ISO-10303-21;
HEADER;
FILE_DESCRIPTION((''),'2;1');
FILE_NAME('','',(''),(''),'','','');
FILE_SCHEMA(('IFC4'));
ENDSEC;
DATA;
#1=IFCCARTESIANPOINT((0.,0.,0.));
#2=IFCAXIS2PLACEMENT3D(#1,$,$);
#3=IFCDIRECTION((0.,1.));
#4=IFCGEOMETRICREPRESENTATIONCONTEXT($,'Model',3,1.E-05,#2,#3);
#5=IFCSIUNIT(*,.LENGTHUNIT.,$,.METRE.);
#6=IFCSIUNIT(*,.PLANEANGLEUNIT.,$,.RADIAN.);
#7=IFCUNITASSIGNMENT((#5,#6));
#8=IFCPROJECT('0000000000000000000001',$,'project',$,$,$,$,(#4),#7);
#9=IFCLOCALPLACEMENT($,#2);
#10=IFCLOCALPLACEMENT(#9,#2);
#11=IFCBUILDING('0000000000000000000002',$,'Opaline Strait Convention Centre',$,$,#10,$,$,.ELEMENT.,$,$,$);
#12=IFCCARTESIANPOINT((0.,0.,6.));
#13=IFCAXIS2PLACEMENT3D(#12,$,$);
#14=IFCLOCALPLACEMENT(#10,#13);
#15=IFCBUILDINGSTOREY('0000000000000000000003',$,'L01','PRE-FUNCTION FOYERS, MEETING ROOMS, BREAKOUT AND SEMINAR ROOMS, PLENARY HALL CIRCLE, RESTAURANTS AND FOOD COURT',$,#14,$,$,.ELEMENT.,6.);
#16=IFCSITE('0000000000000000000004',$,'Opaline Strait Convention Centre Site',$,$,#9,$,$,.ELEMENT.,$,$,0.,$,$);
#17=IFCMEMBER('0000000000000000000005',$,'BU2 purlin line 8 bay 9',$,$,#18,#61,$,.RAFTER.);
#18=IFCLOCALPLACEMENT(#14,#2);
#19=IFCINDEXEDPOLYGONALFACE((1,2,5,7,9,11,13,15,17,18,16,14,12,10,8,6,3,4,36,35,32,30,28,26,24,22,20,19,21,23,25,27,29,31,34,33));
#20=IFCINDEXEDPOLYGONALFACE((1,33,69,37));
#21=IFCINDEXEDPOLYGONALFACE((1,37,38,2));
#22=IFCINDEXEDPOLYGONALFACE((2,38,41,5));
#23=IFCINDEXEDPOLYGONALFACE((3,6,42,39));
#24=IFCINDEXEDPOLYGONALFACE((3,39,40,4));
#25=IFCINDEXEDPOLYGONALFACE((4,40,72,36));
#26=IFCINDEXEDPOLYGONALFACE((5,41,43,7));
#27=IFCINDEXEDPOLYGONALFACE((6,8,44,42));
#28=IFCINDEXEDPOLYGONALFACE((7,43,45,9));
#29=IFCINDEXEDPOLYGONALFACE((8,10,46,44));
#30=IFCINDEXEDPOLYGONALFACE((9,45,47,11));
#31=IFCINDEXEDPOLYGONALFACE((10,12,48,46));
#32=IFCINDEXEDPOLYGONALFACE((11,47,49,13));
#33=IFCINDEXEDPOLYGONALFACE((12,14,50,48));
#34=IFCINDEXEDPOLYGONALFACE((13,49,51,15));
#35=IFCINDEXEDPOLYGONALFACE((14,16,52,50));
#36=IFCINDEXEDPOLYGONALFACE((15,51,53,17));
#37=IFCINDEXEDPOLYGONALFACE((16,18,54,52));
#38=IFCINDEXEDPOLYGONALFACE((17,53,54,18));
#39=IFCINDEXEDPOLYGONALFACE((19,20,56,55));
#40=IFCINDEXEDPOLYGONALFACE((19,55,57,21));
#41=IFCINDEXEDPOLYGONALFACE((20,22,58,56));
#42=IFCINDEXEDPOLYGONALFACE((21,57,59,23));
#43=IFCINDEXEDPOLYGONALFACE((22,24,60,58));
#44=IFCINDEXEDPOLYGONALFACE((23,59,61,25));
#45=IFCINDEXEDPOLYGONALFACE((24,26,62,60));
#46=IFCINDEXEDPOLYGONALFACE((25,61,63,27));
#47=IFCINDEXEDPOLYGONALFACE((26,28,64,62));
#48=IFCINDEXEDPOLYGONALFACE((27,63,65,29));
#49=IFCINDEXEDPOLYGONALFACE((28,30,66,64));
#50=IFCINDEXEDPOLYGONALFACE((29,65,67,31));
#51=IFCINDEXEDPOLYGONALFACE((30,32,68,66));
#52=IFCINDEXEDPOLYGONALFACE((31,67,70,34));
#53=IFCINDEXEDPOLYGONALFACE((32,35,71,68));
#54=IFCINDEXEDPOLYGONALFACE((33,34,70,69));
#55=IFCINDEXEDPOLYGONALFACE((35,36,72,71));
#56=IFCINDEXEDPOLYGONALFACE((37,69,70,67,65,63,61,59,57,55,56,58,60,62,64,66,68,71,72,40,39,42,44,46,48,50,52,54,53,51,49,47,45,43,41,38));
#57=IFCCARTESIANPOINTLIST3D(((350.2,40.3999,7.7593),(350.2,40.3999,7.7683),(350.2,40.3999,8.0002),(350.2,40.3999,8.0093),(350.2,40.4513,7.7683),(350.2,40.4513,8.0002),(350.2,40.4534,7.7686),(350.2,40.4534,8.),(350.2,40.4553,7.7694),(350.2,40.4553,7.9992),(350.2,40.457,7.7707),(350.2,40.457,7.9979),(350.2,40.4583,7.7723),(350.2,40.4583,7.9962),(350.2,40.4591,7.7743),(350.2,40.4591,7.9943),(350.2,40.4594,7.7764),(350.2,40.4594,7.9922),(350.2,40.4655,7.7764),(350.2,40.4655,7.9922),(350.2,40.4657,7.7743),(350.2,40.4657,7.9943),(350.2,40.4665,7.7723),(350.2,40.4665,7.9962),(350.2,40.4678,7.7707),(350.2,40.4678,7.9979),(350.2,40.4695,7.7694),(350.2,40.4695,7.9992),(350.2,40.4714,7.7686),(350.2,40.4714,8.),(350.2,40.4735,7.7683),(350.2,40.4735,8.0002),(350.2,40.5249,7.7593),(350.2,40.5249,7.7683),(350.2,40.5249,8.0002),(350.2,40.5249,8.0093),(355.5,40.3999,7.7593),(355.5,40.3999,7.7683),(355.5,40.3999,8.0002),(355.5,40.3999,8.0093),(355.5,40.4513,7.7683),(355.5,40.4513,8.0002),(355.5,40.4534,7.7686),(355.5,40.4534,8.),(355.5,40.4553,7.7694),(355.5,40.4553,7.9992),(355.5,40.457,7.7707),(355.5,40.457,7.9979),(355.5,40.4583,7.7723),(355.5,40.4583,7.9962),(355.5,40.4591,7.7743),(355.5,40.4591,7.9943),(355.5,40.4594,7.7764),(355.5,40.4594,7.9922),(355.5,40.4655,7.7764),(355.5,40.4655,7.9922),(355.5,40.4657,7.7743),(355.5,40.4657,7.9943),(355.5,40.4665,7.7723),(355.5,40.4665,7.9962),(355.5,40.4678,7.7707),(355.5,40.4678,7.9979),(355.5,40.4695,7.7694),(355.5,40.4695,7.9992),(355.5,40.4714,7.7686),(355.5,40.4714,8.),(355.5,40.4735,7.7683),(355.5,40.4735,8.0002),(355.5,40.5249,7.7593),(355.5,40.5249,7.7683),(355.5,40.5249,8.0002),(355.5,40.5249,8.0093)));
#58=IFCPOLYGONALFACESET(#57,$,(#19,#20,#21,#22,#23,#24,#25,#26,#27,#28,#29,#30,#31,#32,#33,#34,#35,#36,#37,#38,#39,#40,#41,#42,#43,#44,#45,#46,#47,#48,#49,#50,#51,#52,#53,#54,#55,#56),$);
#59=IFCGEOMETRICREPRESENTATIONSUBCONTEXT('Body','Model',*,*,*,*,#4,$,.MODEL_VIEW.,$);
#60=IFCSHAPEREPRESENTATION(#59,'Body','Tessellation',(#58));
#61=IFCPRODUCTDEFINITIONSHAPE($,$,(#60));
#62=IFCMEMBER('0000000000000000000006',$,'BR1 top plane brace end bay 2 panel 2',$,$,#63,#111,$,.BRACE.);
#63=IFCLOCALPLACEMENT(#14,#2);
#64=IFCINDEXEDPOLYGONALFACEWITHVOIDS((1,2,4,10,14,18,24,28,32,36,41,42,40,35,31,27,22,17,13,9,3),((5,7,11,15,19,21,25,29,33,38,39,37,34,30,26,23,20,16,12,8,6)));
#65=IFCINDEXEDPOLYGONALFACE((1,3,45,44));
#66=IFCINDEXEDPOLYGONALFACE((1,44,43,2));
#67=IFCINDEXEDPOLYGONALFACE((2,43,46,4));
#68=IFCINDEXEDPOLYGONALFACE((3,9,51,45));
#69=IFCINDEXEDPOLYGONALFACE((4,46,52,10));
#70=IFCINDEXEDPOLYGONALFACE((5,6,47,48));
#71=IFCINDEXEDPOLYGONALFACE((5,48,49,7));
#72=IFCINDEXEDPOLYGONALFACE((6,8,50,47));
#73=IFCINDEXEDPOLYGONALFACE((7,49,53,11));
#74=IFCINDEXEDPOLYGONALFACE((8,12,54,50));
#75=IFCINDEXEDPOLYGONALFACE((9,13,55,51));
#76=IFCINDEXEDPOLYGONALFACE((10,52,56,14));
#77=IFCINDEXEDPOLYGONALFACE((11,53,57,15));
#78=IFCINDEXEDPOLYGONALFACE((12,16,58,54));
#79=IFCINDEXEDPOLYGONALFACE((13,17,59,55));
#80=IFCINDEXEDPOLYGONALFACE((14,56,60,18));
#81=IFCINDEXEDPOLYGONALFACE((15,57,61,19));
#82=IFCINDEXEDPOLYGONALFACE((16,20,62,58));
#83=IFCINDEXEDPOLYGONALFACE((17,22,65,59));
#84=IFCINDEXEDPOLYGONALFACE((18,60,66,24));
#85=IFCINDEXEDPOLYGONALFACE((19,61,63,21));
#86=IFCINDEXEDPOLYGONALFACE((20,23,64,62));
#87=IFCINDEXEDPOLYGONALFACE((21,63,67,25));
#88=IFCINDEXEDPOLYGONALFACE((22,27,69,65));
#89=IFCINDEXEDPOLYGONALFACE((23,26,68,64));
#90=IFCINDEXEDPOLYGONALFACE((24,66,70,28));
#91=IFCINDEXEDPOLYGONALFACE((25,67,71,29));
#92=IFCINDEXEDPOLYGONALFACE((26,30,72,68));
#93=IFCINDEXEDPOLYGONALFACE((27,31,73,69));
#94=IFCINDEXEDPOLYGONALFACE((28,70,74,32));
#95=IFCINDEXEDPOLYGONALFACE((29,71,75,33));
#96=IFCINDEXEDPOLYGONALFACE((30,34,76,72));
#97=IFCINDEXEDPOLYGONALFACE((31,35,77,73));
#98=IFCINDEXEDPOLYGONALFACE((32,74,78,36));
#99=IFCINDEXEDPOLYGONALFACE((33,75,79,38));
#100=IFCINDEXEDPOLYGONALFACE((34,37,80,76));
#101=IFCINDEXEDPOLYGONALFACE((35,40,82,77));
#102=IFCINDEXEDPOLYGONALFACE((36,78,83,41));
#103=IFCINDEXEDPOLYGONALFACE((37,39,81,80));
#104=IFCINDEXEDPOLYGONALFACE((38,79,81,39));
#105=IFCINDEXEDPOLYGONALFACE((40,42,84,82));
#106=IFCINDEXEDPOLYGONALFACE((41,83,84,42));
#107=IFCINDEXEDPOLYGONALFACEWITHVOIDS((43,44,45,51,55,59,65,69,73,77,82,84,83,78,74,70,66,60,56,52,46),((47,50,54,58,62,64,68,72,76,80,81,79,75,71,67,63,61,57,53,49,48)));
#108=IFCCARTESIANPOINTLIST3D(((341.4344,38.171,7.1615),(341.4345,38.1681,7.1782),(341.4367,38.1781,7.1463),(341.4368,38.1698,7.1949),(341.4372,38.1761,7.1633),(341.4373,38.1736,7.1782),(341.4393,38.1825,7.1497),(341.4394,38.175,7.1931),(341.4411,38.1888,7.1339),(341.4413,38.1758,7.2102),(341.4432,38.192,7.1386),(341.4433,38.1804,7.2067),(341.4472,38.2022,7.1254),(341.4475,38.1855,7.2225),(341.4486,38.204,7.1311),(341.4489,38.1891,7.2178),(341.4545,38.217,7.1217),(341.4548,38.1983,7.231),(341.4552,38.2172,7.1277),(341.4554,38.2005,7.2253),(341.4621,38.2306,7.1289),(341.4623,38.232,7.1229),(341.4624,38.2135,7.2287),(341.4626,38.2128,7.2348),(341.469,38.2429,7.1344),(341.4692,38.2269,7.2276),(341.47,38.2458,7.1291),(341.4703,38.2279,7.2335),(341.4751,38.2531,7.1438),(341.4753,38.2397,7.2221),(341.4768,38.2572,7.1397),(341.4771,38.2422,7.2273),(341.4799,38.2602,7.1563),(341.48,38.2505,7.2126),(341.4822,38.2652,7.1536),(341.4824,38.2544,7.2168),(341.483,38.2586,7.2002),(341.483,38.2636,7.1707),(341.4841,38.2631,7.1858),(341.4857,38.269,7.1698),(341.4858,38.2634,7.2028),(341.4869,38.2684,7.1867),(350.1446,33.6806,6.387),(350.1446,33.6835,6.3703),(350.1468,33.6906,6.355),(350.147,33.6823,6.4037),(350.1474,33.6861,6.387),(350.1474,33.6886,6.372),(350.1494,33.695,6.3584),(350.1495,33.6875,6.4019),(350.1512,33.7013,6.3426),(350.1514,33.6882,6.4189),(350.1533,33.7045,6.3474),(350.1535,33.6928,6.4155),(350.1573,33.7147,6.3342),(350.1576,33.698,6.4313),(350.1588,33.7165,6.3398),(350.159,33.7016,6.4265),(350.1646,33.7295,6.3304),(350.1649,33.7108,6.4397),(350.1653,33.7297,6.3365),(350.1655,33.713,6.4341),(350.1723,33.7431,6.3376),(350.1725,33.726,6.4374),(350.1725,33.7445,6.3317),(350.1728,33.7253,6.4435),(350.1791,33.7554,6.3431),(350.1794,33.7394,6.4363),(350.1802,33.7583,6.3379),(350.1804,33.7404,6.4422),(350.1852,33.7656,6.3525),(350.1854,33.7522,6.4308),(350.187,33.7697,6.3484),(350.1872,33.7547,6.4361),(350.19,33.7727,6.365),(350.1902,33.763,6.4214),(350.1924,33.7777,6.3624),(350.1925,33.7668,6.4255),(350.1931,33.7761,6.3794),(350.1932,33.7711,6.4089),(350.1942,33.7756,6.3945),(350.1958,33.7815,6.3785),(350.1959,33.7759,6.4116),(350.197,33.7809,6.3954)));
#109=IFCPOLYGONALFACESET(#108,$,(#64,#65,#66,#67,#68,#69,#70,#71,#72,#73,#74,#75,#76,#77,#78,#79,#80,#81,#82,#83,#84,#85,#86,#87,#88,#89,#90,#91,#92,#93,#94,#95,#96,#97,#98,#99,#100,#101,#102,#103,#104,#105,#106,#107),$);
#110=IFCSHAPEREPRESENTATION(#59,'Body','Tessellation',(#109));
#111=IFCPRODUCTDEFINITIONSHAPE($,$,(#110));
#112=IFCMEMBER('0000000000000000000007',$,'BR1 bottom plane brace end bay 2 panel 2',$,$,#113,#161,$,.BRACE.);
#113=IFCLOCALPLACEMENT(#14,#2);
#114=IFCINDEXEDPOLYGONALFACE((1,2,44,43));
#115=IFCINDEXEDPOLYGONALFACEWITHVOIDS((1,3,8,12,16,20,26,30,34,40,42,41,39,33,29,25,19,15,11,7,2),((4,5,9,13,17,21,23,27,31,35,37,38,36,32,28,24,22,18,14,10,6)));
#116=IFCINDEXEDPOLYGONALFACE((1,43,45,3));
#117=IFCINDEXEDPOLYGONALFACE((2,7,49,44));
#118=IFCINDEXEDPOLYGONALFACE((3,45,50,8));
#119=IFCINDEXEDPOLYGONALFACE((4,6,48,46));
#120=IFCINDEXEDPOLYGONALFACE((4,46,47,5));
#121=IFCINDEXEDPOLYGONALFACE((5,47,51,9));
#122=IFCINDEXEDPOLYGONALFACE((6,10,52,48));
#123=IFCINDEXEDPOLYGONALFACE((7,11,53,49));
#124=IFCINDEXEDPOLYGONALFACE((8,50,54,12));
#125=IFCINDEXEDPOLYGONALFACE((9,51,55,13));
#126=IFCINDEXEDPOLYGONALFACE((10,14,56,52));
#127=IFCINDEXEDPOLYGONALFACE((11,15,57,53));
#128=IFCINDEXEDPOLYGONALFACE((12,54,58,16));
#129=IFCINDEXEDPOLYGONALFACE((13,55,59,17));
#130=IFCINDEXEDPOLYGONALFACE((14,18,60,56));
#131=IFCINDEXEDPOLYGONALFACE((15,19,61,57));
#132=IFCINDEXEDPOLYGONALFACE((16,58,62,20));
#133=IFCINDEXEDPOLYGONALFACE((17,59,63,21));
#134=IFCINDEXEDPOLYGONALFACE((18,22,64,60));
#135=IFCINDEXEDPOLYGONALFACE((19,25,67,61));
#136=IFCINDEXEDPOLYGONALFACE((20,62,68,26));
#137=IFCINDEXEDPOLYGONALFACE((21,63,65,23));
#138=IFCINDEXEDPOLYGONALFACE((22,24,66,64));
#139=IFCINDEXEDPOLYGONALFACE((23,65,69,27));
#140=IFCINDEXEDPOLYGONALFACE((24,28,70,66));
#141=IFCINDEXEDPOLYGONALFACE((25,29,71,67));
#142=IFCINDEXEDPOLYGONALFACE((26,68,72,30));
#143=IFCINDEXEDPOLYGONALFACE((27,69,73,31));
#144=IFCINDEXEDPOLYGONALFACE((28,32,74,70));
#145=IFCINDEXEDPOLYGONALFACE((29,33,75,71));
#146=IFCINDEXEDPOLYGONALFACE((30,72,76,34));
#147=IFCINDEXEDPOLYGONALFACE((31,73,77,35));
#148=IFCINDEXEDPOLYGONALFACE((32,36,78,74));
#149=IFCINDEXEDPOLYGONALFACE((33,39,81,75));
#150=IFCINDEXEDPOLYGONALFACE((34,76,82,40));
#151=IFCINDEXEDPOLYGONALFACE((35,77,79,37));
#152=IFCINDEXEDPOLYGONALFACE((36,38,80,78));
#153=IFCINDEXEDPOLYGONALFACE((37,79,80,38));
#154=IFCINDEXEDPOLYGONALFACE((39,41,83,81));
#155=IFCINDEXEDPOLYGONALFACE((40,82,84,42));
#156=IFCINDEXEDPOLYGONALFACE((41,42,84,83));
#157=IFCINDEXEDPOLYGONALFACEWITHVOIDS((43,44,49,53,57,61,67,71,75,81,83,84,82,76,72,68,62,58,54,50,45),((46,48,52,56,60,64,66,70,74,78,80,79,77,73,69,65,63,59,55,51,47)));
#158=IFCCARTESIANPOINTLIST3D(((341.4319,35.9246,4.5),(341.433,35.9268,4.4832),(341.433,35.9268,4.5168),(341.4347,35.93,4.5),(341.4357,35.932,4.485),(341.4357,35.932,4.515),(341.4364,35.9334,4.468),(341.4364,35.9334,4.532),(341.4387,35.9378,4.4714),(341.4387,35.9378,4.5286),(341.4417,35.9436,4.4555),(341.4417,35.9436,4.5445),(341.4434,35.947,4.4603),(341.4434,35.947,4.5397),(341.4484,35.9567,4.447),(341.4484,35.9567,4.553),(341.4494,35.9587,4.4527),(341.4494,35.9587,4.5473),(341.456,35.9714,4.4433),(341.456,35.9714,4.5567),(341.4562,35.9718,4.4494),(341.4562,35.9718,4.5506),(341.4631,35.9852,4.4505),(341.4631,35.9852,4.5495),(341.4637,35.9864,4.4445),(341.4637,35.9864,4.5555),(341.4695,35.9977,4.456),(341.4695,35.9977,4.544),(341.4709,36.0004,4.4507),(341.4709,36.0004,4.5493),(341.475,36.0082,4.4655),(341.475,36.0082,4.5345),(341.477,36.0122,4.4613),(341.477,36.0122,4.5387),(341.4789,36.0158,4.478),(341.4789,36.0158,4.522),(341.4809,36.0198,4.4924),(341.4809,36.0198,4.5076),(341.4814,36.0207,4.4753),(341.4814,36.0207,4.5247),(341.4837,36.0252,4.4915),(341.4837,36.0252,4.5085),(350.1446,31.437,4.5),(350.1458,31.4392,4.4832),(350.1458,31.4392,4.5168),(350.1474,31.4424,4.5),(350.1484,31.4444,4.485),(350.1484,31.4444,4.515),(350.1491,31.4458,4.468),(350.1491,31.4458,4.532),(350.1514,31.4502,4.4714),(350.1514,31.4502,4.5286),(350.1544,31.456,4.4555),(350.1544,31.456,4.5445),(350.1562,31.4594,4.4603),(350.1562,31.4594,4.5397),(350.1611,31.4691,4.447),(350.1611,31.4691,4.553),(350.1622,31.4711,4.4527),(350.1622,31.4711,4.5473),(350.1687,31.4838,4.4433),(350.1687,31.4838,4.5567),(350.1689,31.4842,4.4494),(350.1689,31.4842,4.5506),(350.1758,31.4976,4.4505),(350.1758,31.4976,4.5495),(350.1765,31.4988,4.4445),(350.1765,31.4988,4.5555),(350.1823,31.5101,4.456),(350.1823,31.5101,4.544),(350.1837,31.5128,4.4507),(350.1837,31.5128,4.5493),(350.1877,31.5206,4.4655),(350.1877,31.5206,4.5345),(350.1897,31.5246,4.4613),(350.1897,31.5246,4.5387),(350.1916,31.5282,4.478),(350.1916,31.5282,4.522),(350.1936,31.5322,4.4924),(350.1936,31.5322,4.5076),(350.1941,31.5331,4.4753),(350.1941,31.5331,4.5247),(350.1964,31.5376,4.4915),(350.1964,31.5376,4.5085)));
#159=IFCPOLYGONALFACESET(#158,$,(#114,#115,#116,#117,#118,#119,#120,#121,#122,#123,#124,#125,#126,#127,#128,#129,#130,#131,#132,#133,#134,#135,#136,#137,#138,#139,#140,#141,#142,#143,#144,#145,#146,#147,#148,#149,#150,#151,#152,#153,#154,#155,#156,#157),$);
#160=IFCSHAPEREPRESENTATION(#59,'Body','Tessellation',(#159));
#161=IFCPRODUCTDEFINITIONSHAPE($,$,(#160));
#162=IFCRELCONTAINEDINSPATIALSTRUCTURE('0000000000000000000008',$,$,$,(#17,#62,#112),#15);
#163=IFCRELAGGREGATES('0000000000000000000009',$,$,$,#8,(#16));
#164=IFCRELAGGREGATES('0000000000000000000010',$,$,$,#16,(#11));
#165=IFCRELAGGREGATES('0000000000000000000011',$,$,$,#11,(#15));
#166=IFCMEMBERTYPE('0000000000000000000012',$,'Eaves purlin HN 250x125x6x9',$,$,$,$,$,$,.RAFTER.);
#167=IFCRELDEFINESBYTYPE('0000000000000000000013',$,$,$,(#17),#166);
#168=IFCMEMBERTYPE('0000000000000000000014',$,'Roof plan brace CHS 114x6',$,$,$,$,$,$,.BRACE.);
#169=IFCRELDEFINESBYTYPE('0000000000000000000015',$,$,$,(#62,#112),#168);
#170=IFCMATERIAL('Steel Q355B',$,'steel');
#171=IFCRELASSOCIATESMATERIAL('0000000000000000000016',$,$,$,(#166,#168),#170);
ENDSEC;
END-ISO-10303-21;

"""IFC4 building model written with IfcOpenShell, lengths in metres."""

from ifc_helpers import new_model, si_unit, direction, frame, origin, origin_2d, place, context, subcontext, project, spatial, hollow_circle, i_section, extrude, material, material_profile, profile_set, type_object, element, save


model = new_model("IFC4")

# Units and contexts
model_context = context("Model", 3, precision=1e-05, world=origin(), true_north=direction((0.0, 1.0)))
body_context = subcontext(model_context, "Body", "Model", "MODEL_VIEW")
ifc_project = project(units=[si_unit("LENGTHUNIT", "METRE"), si_unit("PLANEANGLEUNIT", "RADIAN")], contexts=[model_context])

# Site, building, storey
site_placement = place(None, origin())
site = spatial("IfcSite", under=ifc_project, at=site_placement, Name="Opaline Strait Convention Centre Site", CompositionType="ELEMENT", RefElevation=0.0)
building_placement = place(site_placement, origin())
building = spatial("IfcBuilding", under=site, at=building_placement, Name="Opaline Strait Convention Centre", CompositionType="ELEMENT")
storey_placement = place(building_placement, frame((0.0, 0.0, 6.0)))
storey = spatial("IfcBuildingStorey", under=building, at=storey_placement, Name="L01", Description="PRE-FUNCTION FOYERS, MEETING ROOMS, BREAKOUT AND SEMINAR ROOMS, PLENARY HALL CIRCLE, RESTAURANTS AND FOOD COURT", CompositionType="ELEMENT", Elevation=6.0)

# Members
ifc_material_1 = material(Name="Steel Q355B", Category="steel")
ifc_material_profile_1 = material_profile(ifc_material_1, i_section(OverallWidth=0.125, OverallDepth=0.25, WebThickness=0.0061, FlangeThickness=0.009, FilletRadius=0.0081, at=origin_2d()), Name="HN 250x125x6x9")
ifc_profile_set_1 = profile_set([ifc_material_profile_1], Name="Steel Q355B")
member_type_1 = type_object("IfcMemberType", Name="Eaves purlin HN 250x125x6x9", PredefinedType="RAFTER", material=ifc_profile_set_1)
for number, where, z_axis, x_axis, name in (
    (1, (350.2, 40.4624, 7.8843), (1.0, 0.0, 0.0), (0.0, 1.0, 0.0), "BU2 purlin line 8 bay 9"),
):
    element("IfcMember", number, at=place(storey_placement, frame(where, z_axis=z_axis, x_axis=x_axis)), inside=storey, type_object=member_type_1, Name=name, PredefinedType="RAFTER", context=body_context, shape_type="SweptSolid", body=[
        extrude(i_section(OverallWidth=0.125, OverallDepth=0.25, WebThickness=0.0061, FlangeThickness=0.009, FilletRadius=0.0081, at=origin_2d()), origin(), (0.0, 0.0, 1.0), 5.3),
    ])
ifc_material_profile_2 = material_profile(ifc_material_1, hollow_circle(Radius=0.0569, WallThickness=0.0061, at=origin_2d()), Name="CHS 114x6")
ifc_profile_set_2 = profile_set([ifc_material_profile_2], Name="Steel Q355B")
member_type_2 = type_object("IfcMemberType", Name="Roof plan brace CHS 114x6", PredefinedType="BRACE", material=ifc_profile_set_2)
member_1_placement = place(storey_placement, frame((350.1707, 33.7312, 6.387), z_axis=(-0.88607, 0.456509, 0.080493), x_axis=(-0.457995, -0.888955, 0.0)))
element("IfcMember", 2, at=member_1_placement, inside=storey, type_object=member_type_2, Name="BR1 top plane brace end bay 2 panel 2", PredefinedType="BRACE", context=body_context, shape_type="SweptSolid", body=[
    extrude(hollow_circle(Radius=0.0569, WallThickness=0.0061, at=origin_2d()), origin(), (0.0, 0.0, 1.0), 9.8301),
])
member_2_placement = place(storey_placement, frame((350.1707, 31.4875, 4.5), z_axis=(-0.889007, 0.457893, 0.0), x_axis=(-0.457893, -0.889007, 0.0)))
element("IfcMember", 3, at=member_2_placement, inside=storey, type_object=member_type_2, Name="BR1 bottom plane brace end bay 2 panel 2", PredefinedType="BRACE", context=body_context, shape_type="SweptSolid", body=[
    extrude(hollow_circle(Radius=0.0569, WallThickness=0.0061, at=origin_2d()), origin(), (0.0, 0.0, 1.0), 9.8005),
])

save(model, "model.ifc")
